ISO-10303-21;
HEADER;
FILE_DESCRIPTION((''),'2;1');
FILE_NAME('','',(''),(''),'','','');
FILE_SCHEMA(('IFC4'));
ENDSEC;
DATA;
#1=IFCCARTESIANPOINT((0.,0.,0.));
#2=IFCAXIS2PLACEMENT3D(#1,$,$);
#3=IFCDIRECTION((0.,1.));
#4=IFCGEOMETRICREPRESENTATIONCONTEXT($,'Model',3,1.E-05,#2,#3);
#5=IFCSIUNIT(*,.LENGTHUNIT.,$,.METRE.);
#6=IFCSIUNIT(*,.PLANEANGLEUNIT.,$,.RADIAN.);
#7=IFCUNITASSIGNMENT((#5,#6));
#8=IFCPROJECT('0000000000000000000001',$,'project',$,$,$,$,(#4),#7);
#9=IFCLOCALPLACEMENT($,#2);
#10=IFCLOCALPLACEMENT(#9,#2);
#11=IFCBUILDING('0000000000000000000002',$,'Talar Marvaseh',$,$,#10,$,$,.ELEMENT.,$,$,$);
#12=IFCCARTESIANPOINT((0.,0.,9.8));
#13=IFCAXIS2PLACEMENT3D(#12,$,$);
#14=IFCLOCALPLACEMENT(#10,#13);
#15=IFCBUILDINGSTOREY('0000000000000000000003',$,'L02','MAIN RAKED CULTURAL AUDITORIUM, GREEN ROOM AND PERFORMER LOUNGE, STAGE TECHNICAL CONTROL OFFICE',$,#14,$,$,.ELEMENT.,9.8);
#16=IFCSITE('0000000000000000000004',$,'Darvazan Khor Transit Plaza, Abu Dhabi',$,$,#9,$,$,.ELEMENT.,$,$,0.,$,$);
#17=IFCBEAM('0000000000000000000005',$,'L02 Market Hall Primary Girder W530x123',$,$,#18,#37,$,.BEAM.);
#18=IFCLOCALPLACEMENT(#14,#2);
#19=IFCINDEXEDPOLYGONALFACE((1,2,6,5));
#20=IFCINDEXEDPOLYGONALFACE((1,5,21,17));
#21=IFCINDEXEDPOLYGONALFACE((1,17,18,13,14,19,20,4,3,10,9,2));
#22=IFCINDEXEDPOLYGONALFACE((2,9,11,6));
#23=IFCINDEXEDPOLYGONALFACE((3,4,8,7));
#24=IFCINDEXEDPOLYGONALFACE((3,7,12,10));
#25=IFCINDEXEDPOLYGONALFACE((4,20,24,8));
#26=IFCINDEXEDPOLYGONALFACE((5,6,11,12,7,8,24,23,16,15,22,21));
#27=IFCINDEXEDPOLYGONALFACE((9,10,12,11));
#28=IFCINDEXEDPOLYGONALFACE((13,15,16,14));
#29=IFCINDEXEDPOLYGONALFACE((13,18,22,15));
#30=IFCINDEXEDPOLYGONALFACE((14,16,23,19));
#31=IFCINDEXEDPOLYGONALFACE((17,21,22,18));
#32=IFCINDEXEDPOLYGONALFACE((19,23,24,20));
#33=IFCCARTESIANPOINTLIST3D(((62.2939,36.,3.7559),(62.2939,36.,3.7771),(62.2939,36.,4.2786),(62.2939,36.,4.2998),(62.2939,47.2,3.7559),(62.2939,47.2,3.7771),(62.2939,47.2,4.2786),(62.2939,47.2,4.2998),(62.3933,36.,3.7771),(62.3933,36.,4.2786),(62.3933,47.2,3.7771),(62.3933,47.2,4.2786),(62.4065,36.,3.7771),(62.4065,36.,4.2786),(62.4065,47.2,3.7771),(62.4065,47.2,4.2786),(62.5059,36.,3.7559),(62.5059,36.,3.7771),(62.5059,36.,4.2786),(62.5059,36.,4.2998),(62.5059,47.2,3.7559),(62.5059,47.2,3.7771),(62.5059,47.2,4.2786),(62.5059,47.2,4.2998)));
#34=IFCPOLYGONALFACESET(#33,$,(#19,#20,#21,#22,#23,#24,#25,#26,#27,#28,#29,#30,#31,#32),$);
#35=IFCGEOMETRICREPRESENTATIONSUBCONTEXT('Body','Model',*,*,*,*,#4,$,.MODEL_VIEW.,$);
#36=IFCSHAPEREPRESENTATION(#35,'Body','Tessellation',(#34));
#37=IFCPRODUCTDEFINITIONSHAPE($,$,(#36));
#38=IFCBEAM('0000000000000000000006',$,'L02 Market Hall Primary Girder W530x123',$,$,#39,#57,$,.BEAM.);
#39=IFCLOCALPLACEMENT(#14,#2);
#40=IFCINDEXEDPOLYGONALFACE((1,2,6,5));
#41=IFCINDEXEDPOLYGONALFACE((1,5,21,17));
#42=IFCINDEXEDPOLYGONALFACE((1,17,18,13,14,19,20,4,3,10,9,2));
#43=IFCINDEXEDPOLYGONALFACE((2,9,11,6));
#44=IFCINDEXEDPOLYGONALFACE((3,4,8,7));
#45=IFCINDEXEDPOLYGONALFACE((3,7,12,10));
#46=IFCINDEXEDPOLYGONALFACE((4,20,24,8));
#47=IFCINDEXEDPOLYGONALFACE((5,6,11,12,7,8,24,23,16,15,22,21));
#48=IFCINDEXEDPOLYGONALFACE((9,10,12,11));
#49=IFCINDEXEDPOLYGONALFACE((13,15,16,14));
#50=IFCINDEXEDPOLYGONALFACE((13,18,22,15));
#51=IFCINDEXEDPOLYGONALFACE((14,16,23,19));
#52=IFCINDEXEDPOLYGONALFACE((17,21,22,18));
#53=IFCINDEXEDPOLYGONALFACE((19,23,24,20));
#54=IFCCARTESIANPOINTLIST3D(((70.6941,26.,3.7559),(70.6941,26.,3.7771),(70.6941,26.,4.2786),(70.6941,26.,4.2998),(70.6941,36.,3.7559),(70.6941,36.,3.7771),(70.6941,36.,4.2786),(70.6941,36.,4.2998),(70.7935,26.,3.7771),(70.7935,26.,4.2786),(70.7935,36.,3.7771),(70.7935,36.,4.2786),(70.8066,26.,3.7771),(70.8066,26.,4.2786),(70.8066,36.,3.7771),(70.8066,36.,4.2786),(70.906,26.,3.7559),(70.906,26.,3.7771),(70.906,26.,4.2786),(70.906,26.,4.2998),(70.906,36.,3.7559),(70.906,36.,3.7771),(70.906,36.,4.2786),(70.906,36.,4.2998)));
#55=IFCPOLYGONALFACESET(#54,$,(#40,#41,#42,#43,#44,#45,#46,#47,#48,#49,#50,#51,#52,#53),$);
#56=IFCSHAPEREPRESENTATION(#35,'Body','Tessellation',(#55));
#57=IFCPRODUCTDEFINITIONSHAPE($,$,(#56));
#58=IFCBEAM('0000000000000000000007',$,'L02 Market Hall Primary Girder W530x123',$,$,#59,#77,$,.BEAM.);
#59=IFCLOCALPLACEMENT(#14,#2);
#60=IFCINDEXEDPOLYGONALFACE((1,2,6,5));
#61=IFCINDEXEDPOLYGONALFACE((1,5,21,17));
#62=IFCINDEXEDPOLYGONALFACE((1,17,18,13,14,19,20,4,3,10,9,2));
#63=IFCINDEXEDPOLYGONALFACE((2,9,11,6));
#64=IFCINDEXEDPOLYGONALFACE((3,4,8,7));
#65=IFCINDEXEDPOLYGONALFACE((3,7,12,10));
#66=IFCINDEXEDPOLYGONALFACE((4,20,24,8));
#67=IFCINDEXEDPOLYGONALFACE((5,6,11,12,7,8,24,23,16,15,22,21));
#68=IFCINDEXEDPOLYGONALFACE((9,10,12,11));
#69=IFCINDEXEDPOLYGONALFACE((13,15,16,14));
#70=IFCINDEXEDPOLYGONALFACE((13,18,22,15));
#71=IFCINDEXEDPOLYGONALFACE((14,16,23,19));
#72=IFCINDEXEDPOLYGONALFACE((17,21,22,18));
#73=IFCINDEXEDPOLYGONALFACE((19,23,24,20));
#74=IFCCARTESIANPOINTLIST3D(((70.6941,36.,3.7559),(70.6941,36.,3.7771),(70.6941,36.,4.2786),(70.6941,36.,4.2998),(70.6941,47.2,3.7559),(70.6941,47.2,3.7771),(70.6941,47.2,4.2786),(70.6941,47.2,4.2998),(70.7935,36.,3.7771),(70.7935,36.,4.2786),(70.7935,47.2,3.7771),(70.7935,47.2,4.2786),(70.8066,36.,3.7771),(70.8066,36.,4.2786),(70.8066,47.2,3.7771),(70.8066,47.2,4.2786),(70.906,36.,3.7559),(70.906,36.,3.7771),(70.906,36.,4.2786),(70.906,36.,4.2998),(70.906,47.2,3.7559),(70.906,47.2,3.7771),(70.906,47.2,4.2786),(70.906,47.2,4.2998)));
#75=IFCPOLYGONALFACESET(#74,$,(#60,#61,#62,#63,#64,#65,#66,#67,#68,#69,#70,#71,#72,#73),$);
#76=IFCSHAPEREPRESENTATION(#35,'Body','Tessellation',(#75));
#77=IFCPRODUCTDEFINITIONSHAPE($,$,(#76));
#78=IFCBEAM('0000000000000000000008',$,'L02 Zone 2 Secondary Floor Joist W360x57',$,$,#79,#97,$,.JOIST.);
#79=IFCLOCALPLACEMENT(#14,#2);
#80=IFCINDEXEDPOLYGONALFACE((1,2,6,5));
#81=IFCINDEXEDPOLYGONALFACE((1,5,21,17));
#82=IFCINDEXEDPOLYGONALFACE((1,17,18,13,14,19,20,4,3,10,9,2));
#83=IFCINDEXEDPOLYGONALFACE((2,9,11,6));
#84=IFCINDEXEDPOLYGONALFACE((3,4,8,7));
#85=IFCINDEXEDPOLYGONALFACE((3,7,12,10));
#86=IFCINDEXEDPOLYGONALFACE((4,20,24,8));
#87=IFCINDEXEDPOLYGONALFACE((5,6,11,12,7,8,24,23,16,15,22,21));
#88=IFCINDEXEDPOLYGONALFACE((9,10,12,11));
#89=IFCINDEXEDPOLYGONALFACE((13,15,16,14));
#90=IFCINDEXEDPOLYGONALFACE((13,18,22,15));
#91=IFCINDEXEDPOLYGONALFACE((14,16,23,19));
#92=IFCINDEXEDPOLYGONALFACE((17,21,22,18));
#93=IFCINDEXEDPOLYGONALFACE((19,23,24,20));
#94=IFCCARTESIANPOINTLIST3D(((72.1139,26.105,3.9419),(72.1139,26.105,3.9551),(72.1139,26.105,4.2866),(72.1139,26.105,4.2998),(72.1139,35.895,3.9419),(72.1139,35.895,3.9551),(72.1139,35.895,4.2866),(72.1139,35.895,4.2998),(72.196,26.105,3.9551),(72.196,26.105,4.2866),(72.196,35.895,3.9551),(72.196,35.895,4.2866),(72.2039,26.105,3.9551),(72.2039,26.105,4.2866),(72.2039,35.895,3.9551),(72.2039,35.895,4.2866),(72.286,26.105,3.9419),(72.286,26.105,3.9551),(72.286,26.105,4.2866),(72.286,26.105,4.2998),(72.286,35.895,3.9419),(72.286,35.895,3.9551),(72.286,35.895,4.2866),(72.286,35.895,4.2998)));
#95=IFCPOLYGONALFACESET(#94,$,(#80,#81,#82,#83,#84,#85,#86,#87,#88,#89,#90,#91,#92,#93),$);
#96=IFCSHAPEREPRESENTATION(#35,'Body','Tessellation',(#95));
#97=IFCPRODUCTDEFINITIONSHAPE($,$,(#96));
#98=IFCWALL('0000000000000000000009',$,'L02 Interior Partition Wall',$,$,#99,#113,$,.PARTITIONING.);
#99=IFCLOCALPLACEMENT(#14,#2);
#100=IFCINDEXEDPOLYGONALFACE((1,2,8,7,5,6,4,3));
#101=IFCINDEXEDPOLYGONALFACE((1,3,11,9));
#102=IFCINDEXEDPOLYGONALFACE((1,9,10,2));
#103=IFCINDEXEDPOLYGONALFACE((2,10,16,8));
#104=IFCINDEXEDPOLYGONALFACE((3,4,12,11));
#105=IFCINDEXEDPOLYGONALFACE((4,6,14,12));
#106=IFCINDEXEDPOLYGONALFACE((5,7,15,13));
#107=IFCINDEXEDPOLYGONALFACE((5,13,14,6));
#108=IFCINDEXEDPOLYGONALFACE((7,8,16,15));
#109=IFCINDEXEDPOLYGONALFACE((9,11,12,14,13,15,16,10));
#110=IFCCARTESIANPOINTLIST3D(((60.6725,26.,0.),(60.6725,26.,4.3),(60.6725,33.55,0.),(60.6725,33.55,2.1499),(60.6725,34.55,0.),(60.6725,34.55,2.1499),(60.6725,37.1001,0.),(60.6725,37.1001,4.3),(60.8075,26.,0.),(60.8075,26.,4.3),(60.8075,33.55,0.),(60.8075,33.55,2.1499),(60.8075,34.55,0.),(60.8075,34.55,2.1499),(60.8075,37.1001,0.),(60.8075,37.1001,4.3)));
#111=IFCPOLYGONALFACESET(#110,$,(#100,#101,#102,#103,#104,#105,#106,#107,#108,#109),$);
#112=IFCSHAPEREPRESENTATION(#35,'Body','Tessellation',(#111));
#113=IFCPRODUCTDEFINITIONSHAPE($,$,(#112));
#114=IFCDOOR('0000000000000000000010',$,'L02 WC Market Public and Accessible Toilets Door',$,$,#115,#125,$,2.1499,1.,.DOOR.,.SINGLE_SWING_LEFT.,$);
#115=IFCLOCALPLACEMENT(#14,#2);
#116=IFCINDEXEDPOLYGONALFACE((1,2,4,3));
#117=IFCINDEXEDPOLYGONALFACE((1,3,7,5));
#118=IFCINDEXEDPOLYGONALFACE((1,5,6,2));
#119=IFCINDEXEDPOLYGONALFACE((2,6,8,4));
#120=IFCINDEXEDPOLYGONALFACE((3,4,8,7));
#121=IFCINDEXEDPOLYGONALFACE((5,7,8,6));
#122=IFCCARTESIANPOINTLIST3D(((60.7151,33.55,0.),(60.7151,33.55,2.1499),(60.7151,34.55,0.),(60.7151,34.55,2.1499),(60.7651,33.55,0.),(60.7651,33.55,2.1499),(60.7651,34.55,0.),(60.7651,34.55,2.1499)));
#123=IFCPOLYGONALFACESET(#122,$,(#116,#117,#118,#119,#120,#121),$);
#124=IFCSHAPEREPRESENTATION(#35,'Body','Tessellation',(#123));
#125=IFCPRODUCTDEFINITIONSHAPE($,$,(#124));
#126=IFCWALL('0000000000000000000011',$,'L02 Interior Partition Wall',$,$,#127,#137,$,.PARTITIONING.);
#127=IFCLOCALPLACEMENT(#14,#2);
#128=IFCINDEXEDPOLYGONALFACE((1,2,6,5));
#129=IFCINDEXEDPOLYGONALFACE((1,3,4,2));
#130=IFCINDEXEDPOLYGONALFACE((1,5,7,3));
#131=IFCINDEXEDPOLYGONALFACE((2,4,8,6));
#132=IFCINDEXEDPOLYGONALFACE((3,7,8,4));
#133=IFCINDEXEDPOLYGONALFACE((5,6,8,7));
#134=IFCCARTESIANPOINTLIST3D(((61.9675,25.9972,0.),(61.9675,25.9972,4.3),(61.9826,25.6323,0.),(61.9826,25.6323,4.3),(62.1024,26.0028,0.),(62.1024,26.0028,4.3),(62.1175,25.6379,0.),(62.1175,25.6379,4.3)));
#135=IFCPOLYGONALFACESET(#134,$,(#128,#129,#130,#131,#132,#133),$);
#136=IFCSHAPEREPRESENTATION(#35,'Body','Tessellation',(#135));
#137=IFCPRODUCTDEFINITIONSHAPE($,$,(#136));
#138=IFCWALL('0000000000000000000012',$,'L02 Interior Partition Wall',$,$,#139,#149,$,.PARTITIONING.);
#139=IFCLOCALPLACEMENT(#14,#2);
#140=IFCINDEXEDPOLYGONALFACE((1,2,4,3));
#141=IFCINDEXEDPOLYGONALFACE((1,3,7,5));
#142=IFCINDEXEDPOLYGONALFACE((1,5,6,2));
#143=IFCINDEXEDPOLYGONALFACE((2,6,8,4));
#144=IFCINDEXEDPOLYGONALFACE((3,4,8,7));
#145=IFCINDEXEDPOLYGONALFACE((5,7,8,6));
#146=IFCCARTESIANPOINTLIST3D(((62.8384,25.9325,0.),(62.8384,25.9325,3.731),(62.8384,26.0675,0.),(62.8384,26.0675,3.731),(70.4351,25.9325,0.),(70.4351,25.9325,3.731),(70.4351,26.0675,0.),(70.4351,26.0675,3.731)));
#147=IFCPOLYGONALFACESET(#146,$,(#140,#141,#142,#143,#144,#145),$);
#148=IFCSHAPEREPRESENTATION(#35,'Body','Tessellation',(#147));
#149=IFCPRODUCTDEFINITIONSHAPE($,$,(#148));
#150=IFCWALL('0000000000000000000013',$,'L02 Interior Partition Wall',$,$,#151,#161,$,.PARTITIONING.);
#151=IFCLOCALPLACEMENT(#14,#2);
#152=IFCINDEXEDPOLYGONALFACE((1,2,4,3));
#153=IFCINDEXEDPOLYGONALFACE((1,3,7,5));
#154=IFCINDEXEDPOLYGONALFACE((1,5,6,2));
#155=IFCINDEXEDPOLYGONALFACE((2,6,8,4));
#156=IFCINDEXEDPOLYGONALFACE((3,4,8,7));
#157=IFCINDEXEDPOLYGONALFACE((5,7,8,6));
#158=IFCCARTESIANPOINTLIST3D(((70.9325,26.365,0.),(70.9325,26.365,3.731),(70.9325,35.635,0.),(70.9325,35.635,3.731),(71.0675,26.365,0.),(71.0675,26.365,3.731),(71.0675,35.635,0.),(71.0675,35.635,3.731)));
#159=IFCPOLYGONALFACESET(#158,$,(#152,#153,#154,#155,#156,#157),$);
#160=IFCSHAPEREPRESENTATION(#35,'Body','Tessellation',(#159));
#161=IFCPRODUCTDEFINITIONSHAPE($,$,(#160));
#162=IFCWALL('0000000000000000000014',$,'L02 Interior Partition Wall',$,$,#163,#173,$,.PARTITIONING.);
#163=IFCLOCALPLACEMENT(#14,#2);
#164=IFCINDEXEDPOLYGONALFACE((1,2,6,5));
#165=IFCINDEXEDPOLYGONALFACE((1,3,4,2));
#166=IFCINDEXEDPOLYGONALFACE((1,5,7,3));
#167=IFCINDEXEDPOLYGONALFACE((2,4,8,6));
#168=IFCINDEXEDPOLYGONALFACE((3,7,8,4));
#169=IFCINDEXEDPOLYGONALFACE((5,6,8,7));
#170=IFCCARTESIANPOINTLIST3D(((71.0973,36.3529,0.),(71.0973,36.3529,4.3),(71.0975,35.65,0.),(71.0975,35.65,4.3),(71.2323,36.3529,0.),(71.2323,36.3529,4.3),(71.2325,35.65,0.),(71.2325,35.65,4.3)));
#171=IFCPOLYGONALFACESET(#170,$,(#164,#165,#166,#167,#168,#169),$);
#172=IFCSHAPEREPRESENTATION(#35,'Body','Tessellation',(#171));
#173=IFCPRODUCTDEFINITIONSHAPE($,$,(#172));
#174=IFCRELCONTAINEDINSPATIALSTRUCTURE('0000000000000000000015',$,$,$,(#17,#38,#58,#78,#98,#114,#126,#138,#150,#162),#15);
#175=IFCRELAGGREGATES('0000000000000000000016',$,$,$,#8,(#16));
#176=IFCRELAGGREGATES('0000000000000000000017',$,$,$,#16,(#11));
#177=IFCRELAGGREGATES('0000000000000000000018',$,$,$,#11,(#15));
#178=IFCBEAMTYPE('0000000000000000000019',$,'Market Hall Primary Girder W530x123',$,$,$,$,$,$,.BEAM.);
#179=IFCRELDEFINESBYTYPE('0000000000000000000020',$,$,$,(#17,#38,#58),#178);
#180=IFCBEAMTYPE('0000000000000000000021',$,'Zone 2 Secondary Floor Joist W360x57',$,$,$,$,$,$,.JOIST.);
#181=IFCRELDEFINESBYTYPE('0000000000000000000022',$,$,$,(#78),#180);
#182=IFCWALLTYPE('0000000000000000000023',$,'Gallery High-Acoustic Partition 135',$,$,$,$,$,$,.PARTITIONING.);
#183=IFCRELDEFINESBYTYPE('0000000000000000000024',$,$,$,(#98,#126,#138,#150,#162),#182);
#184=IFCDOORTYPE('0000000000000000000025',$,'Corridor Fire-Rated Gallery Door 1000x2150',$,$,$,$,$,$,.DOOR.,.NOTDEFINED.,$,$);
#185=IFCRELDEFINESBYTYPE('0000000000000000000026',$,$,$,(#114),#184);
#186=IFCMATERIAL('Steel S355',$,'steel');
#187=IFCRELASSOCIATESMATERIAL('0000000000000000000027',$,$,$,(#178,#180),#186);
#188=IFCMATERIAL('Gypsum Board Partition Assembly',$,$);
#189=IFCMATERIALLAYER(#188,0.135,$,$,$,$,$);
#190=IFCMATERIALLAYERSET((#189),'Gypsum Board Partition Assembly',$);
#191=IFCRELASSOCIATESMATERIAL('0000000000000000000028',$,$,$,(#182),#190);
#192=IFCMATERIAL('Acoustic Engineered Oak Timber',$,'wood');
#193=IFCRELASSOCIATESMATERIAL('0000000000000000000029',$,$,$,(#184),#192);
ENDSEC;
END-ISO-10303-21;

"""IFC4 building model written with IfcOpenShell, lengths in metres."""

from ifc_helpers import new_model, si_unit, direction, frame, frame_2d, origin, origin_2d, place, context, subcontext, project, spatial, rectangle, i_section, extrude, source, transform, mapped, material, layer, layer_set, material_profile, profile_set, type_object, type_shapes, element, fill, save


model = new_model("IFC4")

# Units and contexts
model_context = context("Model", 3, precision=1e-05, world=origin(), true_north=direction((0.0, 1.0)))
body_context = subcontext(model_context, "Body", "Model", "MODEL_VIEW")
ifc_project = project(units=[si_unit("LENGTHUNIT", "METRE"), si_unit("PLANEANGLEUNIT", "RADIAN")], contexts=[model_context])

# Site, building, storey
site_placement = place(None, origin())
site = spatial("IfcSite", under=ifc_project, at=site_placement, Name="Darvazan Khor Transit Plaza, Abu Dhabi", CompositionType="ELEMENT", RefElevation=0.0)
building_placement = place(site_placement, origin())
building = spatial("IfcBuilding", under=site, at=building_placement, Name="Talar Marvaseh", CompositionType="ELEMENT")
storey_placement = place(building_placement, frame((0.0, 0.0, 9.8)))
storey = spatial("IfcBuildingStorey", under=building, at=storey_placement, Name="L02", Description="MAIN RAKED CULTURAL AUDITORIUM, GREEN ROOM AND PERFORMER LOUNGE, STAGE TECHNICAL CONTROL OFFICE", CompositionType="ELEMENT", Elevation=9.8)

# Beams
ifc_material_1 = material(Name="Steel S355", Category="steel")
ifc_material_profile_1 = material_profile(ifc_material_1, i_section(OverallWidth=0.2119, OverallDepth=0.5439, WebThickness=0.0132, FlangeThickness=0.0212, at=origin_2d()), Name="W530x123")
ifc_profile_set_1 = profile_set([ifc_material_profile_1], Name="Steel S355")
beam_type_1 = type_object("IfcBeamType", Name="Market Hall Primary Girder W530x123", PredefinedType="BEAM", material=ifc_profile_set_1)
beam_1_placement = place(storey_placement, frame((62.3999, 36.0, 4.0278), z_axis=(0.0, 1.0, 0.0), x_axis=(-1.0, 0.0, 0.0)))
element("IfcBeam", 1, at=beam_1_placement, inside=storey, type_object=beam_type_1, Name="L02 Market Hall Primary Girder W530x123", PredefinedType="BEAM", context=body_context, shape_type="SweptSolid", body=[
    extrude(i_section(OverallWidth=0.2119, OverallDepth=0.5439, WebThickness=0.0132, FlangeThickness=0.0212, at=origin_2d()), origin(), (0.0, 0.0, 1.0), 11.2),
])
beam_2_placement = place(storey_placement, frame((70.8, 26.0, 4.0278), z_axis=(0.0, 1.0, 0.0), x_axis=(-1.0, 0.0, 0.0)))
element("IfcBeam", 2, at=beam_2_placement, inside=storey, type_object=beam_type_1, Name="L02 Market Hall Primary Girder W530x123", PredefinedType="BEAM", context=body_context, shape_type="SweptSolid", body=[
    extrude(i_section(OverallWidth=0.2119, OverallDepth=0.5439, WebThickness=0.0132, FlangeThickness=0.0212, at=origin_2d()), origin(), (0.0, 0.0, 1.0), 10.0),
])
beam_3_placement = place(storey_placement, frame((70.8, 36.0, 4.0278), z_axis=(0.0, 1.0, 0.0), x_axis=(-1.0, 0.0, 0.0)))
element("IfcBeam", 3, at=beam_3_placement, inside=storey, type_object=beam_type_1, Name="L02 Market Hall Primary Girder W530x123", PredefinedType="BEAM", context=body_context, shape_type="SweptSolid", body=[
    extrude(i_section(OverallWidth=0.2119, OverallDepth=0.5439, WebThickness=0.0132, FlangeThickness=0.0212, at=origin_2d()), origin(), (0.0, 0.0, 1.0), 11.2),
])
ifc_material_profile_2 = material_profile(ifc_material_1, i_section(OverallWidth=0.1721, OverallDepth=0.3579, WebThickness=0.0078, FlangeThickness=0.0132, at=origin_2d()), Name="W360x57")
ifc_profile_set_2 = profile_set([ifc_material_profile_2], Name="Steel S355")
beam_type_2 = type_object("IfcBeamType", Name="Zone 2 Secondary Floor Joist W360x57", PredefinedType="JOIST", material=ifc_profile_set_2)
beam_4_placement = place(storey_placement, frame((72.2, 26.105, 4.1208), z_axis=(0.0, 1.0, 0.0), x_axis=(-1.0, 0.0, 0.0)))
element("IfcBeam", 4, at=beam_4_placement, inside=storey, type_object=beam_type_2, Name="L02 Zone 2 Secondary Floor Joist W360x57", PredefinedType="JOIST", context=body_context, shape_type="SweptSolid", body=[
    extrude(i_section(OverallWidth=0.1721, OverallDepth=0.3579, WebThickness=0.0078, FlangeThickness=0.0132, at=origin_2d()), origin(), (0.0, 0.0, 1.0), 9.79),
])

# Wall, opening, door
ifc_material_2 = material(Name="Gypsum Board Partition Assembly")
ifc_layer = layer(ifc_material_2, 0.135)
ifc_layer_set = layer_set([ifc_layer], Name="Gypsum Board Partition Assembly")
wall_type = type_object("IfcWallType", Name="Gallery High-Acoustic Partition 135", PredefinedType="PARTITIONING", material=ifc_layer_set)
wall_1_placement = place(storey_placement, frame((60.74, 26.0, 0.0), z_axis=(0.0, 0.0, 1.0), x_axis=(0.0, 1.0, 0.0)))
wall_1 = element("IfcWall", 5, at=wall_1_placement, inside=storey, type_object=wall_type, Name="L02 Interior Partition Wall", PredefinedType="PARTITIONING", context=body_context, shape_type="SweptSolid", body=[
    extrude(rectangle(XDim=11.1001, YDim=0.135, at=frame_2d((5.55, 0.0))), origin(), (0.0, 0.0, 1.0), 4.3),
])
opening_placement = place(wall_1_placement, frame((7.55, 0.0, 0.0)))
opening = element("IfcOpeningElement", 6, at=opening_placement, cuts=wall_1, PredefinedType="OPENING", context=body_context, shape_type="SweptSolid", body=[
    extrude(rectangle(XDim=1.0, YDim=2.1499, at=frame_2d((0.5, 1.075))), frame((0.0, 0.0776, 0.0), z_axis=(0.0, -1.0, 0.0), x_axis=(1.0, 0.0, 0.0)), (0.0, 0.0, 1.0), 0.155),
])
ifc_material_3 = material(Name="Acoustic Engineered Oak Timber", Category="wood")
door_type = type_object("IfcDoorType", Name="Corridor Fire-Rated Gallery Door 1000x2150", OperationType="NOTDEFINED", PredefinedType="DOOR", material=ifc_material_3)
shared_shape = source(origin(), body_context, "Body", "SweptSolid", [
    extrude(rectangle(XDim=1.0, YDim=2.1499, at=frame_2d((0.5, 1.075))), frame((0.0, 0.0249, 0.0), z_axis=(0.0, -1.0, 0.0), x_axis=(1.0, 0.0, 0.0)), (0.0, 0.0, 1.0), 0.05),
])
type_shapes(door_type, [shared_shape])
door_placement = place(opening_placement, origin())
door = element("IfcDoor", 7, at=door_placement, inside=storey, type_object=door_type, Name="L02 WC Market Public and Accessible Toilets Door", OperationType="SINGLE_SWING_LEFT", OverallHeight=2.1499, OverallWidth=1.0, PredefinedType="DOOR", context=body_context, shape_type="MappedRepresentation", body=[
    mapped(shared_shape, transform((0.0, 0.0, 0.0), x_axis=(1.0, 0.0, 0.0), y_axis=(0.0, 1.0, 0.0), z_axis=(0.0, 0.0, 1.0), scale=1.0)),
])
fill(opening, door)

# Walls
wall_2_placement = place(storey_placement, frame((62.0349, 26.0, 0.0), z_axis=(0.0, 0.0, 1.0), x_axis=(0.041436, -0.999141, 0.0)))
element("IfcWall", 8, at=wall_2_placement, inside=storey, type_object=wall_type, Name="L02 Interior Partition Wall", PredefinedType="PARTITIONING", context=body_context, shape_type="SweptSolid", body=[
    extrude(rectangle(XDim=0.3652, YDim=0.135, at=frame_2d((0.1826, 0.0))), origin(), (0.0, 0.0, 1.0), 4.3),
])
wall_3_placement = place(storey_placement, frame((62.8384, 26.0, 0.0), z_axis=(0.0, 0.0, 1.0), x_axis=(1.0, 0.0, 0.0)))
element("IfcWall", 9, at=wall_3_placement, inside=storey, type_object=wall_type, Name="L02 Interior Partition Wall", PredefinedType="PARTITIONING", context=body_context, shape_type="SweptSolid", body=[
    extrude(rectangle(XDim=7.5967, YDim=0.135, at=frame_2d((3.7983, 0.0))), origin(), (0.0, 0.0, 1.0), 3.731),
])
wall_4_placement = place(storey_placement, frame((71.0, 26.365, 0.0), z_axis=(0.0, 0.0, 1.0), x_axis=(0.0, 1.0, 0.0)))
element("IfcWall", 10, at=wall_4_placement, inside=storey, type_object=wall_type, Name="L02 Interior Partition Wall", PredefinedType="PARTITIONING", context=body_context, shape_type="SweptSolid", body=[
    extrude(rectangle(XDim=9.27, YDim=0.135, at=frame_2d((4.635, 0.0))), origin(), (0.0, 0.0, 1.0), 3.731),
])
wall_5_placement = place(storey_placement, frame((71.165, 35.6499, 0.0), z_axis=(0.0, 0.0, 1.0), x_axis=(-0.000347, 1.0, 0.0)))
element("IfcWall", 11, at=wall_5_placement, inside=storey, type_object=wall_type, Name="L02 Interior Partition Wall", PredefinedType="PARTITIONING", context=body_context, shape_type="SweptSolid", body=[
    extrude(rectangle(XDim=0.7029, YDim=0.135, at=frame_2d((0.3516, 0.0))), origin(), (0.0, 0.0, 1.0), 4.3),
])

save(model, "model.ifc")
